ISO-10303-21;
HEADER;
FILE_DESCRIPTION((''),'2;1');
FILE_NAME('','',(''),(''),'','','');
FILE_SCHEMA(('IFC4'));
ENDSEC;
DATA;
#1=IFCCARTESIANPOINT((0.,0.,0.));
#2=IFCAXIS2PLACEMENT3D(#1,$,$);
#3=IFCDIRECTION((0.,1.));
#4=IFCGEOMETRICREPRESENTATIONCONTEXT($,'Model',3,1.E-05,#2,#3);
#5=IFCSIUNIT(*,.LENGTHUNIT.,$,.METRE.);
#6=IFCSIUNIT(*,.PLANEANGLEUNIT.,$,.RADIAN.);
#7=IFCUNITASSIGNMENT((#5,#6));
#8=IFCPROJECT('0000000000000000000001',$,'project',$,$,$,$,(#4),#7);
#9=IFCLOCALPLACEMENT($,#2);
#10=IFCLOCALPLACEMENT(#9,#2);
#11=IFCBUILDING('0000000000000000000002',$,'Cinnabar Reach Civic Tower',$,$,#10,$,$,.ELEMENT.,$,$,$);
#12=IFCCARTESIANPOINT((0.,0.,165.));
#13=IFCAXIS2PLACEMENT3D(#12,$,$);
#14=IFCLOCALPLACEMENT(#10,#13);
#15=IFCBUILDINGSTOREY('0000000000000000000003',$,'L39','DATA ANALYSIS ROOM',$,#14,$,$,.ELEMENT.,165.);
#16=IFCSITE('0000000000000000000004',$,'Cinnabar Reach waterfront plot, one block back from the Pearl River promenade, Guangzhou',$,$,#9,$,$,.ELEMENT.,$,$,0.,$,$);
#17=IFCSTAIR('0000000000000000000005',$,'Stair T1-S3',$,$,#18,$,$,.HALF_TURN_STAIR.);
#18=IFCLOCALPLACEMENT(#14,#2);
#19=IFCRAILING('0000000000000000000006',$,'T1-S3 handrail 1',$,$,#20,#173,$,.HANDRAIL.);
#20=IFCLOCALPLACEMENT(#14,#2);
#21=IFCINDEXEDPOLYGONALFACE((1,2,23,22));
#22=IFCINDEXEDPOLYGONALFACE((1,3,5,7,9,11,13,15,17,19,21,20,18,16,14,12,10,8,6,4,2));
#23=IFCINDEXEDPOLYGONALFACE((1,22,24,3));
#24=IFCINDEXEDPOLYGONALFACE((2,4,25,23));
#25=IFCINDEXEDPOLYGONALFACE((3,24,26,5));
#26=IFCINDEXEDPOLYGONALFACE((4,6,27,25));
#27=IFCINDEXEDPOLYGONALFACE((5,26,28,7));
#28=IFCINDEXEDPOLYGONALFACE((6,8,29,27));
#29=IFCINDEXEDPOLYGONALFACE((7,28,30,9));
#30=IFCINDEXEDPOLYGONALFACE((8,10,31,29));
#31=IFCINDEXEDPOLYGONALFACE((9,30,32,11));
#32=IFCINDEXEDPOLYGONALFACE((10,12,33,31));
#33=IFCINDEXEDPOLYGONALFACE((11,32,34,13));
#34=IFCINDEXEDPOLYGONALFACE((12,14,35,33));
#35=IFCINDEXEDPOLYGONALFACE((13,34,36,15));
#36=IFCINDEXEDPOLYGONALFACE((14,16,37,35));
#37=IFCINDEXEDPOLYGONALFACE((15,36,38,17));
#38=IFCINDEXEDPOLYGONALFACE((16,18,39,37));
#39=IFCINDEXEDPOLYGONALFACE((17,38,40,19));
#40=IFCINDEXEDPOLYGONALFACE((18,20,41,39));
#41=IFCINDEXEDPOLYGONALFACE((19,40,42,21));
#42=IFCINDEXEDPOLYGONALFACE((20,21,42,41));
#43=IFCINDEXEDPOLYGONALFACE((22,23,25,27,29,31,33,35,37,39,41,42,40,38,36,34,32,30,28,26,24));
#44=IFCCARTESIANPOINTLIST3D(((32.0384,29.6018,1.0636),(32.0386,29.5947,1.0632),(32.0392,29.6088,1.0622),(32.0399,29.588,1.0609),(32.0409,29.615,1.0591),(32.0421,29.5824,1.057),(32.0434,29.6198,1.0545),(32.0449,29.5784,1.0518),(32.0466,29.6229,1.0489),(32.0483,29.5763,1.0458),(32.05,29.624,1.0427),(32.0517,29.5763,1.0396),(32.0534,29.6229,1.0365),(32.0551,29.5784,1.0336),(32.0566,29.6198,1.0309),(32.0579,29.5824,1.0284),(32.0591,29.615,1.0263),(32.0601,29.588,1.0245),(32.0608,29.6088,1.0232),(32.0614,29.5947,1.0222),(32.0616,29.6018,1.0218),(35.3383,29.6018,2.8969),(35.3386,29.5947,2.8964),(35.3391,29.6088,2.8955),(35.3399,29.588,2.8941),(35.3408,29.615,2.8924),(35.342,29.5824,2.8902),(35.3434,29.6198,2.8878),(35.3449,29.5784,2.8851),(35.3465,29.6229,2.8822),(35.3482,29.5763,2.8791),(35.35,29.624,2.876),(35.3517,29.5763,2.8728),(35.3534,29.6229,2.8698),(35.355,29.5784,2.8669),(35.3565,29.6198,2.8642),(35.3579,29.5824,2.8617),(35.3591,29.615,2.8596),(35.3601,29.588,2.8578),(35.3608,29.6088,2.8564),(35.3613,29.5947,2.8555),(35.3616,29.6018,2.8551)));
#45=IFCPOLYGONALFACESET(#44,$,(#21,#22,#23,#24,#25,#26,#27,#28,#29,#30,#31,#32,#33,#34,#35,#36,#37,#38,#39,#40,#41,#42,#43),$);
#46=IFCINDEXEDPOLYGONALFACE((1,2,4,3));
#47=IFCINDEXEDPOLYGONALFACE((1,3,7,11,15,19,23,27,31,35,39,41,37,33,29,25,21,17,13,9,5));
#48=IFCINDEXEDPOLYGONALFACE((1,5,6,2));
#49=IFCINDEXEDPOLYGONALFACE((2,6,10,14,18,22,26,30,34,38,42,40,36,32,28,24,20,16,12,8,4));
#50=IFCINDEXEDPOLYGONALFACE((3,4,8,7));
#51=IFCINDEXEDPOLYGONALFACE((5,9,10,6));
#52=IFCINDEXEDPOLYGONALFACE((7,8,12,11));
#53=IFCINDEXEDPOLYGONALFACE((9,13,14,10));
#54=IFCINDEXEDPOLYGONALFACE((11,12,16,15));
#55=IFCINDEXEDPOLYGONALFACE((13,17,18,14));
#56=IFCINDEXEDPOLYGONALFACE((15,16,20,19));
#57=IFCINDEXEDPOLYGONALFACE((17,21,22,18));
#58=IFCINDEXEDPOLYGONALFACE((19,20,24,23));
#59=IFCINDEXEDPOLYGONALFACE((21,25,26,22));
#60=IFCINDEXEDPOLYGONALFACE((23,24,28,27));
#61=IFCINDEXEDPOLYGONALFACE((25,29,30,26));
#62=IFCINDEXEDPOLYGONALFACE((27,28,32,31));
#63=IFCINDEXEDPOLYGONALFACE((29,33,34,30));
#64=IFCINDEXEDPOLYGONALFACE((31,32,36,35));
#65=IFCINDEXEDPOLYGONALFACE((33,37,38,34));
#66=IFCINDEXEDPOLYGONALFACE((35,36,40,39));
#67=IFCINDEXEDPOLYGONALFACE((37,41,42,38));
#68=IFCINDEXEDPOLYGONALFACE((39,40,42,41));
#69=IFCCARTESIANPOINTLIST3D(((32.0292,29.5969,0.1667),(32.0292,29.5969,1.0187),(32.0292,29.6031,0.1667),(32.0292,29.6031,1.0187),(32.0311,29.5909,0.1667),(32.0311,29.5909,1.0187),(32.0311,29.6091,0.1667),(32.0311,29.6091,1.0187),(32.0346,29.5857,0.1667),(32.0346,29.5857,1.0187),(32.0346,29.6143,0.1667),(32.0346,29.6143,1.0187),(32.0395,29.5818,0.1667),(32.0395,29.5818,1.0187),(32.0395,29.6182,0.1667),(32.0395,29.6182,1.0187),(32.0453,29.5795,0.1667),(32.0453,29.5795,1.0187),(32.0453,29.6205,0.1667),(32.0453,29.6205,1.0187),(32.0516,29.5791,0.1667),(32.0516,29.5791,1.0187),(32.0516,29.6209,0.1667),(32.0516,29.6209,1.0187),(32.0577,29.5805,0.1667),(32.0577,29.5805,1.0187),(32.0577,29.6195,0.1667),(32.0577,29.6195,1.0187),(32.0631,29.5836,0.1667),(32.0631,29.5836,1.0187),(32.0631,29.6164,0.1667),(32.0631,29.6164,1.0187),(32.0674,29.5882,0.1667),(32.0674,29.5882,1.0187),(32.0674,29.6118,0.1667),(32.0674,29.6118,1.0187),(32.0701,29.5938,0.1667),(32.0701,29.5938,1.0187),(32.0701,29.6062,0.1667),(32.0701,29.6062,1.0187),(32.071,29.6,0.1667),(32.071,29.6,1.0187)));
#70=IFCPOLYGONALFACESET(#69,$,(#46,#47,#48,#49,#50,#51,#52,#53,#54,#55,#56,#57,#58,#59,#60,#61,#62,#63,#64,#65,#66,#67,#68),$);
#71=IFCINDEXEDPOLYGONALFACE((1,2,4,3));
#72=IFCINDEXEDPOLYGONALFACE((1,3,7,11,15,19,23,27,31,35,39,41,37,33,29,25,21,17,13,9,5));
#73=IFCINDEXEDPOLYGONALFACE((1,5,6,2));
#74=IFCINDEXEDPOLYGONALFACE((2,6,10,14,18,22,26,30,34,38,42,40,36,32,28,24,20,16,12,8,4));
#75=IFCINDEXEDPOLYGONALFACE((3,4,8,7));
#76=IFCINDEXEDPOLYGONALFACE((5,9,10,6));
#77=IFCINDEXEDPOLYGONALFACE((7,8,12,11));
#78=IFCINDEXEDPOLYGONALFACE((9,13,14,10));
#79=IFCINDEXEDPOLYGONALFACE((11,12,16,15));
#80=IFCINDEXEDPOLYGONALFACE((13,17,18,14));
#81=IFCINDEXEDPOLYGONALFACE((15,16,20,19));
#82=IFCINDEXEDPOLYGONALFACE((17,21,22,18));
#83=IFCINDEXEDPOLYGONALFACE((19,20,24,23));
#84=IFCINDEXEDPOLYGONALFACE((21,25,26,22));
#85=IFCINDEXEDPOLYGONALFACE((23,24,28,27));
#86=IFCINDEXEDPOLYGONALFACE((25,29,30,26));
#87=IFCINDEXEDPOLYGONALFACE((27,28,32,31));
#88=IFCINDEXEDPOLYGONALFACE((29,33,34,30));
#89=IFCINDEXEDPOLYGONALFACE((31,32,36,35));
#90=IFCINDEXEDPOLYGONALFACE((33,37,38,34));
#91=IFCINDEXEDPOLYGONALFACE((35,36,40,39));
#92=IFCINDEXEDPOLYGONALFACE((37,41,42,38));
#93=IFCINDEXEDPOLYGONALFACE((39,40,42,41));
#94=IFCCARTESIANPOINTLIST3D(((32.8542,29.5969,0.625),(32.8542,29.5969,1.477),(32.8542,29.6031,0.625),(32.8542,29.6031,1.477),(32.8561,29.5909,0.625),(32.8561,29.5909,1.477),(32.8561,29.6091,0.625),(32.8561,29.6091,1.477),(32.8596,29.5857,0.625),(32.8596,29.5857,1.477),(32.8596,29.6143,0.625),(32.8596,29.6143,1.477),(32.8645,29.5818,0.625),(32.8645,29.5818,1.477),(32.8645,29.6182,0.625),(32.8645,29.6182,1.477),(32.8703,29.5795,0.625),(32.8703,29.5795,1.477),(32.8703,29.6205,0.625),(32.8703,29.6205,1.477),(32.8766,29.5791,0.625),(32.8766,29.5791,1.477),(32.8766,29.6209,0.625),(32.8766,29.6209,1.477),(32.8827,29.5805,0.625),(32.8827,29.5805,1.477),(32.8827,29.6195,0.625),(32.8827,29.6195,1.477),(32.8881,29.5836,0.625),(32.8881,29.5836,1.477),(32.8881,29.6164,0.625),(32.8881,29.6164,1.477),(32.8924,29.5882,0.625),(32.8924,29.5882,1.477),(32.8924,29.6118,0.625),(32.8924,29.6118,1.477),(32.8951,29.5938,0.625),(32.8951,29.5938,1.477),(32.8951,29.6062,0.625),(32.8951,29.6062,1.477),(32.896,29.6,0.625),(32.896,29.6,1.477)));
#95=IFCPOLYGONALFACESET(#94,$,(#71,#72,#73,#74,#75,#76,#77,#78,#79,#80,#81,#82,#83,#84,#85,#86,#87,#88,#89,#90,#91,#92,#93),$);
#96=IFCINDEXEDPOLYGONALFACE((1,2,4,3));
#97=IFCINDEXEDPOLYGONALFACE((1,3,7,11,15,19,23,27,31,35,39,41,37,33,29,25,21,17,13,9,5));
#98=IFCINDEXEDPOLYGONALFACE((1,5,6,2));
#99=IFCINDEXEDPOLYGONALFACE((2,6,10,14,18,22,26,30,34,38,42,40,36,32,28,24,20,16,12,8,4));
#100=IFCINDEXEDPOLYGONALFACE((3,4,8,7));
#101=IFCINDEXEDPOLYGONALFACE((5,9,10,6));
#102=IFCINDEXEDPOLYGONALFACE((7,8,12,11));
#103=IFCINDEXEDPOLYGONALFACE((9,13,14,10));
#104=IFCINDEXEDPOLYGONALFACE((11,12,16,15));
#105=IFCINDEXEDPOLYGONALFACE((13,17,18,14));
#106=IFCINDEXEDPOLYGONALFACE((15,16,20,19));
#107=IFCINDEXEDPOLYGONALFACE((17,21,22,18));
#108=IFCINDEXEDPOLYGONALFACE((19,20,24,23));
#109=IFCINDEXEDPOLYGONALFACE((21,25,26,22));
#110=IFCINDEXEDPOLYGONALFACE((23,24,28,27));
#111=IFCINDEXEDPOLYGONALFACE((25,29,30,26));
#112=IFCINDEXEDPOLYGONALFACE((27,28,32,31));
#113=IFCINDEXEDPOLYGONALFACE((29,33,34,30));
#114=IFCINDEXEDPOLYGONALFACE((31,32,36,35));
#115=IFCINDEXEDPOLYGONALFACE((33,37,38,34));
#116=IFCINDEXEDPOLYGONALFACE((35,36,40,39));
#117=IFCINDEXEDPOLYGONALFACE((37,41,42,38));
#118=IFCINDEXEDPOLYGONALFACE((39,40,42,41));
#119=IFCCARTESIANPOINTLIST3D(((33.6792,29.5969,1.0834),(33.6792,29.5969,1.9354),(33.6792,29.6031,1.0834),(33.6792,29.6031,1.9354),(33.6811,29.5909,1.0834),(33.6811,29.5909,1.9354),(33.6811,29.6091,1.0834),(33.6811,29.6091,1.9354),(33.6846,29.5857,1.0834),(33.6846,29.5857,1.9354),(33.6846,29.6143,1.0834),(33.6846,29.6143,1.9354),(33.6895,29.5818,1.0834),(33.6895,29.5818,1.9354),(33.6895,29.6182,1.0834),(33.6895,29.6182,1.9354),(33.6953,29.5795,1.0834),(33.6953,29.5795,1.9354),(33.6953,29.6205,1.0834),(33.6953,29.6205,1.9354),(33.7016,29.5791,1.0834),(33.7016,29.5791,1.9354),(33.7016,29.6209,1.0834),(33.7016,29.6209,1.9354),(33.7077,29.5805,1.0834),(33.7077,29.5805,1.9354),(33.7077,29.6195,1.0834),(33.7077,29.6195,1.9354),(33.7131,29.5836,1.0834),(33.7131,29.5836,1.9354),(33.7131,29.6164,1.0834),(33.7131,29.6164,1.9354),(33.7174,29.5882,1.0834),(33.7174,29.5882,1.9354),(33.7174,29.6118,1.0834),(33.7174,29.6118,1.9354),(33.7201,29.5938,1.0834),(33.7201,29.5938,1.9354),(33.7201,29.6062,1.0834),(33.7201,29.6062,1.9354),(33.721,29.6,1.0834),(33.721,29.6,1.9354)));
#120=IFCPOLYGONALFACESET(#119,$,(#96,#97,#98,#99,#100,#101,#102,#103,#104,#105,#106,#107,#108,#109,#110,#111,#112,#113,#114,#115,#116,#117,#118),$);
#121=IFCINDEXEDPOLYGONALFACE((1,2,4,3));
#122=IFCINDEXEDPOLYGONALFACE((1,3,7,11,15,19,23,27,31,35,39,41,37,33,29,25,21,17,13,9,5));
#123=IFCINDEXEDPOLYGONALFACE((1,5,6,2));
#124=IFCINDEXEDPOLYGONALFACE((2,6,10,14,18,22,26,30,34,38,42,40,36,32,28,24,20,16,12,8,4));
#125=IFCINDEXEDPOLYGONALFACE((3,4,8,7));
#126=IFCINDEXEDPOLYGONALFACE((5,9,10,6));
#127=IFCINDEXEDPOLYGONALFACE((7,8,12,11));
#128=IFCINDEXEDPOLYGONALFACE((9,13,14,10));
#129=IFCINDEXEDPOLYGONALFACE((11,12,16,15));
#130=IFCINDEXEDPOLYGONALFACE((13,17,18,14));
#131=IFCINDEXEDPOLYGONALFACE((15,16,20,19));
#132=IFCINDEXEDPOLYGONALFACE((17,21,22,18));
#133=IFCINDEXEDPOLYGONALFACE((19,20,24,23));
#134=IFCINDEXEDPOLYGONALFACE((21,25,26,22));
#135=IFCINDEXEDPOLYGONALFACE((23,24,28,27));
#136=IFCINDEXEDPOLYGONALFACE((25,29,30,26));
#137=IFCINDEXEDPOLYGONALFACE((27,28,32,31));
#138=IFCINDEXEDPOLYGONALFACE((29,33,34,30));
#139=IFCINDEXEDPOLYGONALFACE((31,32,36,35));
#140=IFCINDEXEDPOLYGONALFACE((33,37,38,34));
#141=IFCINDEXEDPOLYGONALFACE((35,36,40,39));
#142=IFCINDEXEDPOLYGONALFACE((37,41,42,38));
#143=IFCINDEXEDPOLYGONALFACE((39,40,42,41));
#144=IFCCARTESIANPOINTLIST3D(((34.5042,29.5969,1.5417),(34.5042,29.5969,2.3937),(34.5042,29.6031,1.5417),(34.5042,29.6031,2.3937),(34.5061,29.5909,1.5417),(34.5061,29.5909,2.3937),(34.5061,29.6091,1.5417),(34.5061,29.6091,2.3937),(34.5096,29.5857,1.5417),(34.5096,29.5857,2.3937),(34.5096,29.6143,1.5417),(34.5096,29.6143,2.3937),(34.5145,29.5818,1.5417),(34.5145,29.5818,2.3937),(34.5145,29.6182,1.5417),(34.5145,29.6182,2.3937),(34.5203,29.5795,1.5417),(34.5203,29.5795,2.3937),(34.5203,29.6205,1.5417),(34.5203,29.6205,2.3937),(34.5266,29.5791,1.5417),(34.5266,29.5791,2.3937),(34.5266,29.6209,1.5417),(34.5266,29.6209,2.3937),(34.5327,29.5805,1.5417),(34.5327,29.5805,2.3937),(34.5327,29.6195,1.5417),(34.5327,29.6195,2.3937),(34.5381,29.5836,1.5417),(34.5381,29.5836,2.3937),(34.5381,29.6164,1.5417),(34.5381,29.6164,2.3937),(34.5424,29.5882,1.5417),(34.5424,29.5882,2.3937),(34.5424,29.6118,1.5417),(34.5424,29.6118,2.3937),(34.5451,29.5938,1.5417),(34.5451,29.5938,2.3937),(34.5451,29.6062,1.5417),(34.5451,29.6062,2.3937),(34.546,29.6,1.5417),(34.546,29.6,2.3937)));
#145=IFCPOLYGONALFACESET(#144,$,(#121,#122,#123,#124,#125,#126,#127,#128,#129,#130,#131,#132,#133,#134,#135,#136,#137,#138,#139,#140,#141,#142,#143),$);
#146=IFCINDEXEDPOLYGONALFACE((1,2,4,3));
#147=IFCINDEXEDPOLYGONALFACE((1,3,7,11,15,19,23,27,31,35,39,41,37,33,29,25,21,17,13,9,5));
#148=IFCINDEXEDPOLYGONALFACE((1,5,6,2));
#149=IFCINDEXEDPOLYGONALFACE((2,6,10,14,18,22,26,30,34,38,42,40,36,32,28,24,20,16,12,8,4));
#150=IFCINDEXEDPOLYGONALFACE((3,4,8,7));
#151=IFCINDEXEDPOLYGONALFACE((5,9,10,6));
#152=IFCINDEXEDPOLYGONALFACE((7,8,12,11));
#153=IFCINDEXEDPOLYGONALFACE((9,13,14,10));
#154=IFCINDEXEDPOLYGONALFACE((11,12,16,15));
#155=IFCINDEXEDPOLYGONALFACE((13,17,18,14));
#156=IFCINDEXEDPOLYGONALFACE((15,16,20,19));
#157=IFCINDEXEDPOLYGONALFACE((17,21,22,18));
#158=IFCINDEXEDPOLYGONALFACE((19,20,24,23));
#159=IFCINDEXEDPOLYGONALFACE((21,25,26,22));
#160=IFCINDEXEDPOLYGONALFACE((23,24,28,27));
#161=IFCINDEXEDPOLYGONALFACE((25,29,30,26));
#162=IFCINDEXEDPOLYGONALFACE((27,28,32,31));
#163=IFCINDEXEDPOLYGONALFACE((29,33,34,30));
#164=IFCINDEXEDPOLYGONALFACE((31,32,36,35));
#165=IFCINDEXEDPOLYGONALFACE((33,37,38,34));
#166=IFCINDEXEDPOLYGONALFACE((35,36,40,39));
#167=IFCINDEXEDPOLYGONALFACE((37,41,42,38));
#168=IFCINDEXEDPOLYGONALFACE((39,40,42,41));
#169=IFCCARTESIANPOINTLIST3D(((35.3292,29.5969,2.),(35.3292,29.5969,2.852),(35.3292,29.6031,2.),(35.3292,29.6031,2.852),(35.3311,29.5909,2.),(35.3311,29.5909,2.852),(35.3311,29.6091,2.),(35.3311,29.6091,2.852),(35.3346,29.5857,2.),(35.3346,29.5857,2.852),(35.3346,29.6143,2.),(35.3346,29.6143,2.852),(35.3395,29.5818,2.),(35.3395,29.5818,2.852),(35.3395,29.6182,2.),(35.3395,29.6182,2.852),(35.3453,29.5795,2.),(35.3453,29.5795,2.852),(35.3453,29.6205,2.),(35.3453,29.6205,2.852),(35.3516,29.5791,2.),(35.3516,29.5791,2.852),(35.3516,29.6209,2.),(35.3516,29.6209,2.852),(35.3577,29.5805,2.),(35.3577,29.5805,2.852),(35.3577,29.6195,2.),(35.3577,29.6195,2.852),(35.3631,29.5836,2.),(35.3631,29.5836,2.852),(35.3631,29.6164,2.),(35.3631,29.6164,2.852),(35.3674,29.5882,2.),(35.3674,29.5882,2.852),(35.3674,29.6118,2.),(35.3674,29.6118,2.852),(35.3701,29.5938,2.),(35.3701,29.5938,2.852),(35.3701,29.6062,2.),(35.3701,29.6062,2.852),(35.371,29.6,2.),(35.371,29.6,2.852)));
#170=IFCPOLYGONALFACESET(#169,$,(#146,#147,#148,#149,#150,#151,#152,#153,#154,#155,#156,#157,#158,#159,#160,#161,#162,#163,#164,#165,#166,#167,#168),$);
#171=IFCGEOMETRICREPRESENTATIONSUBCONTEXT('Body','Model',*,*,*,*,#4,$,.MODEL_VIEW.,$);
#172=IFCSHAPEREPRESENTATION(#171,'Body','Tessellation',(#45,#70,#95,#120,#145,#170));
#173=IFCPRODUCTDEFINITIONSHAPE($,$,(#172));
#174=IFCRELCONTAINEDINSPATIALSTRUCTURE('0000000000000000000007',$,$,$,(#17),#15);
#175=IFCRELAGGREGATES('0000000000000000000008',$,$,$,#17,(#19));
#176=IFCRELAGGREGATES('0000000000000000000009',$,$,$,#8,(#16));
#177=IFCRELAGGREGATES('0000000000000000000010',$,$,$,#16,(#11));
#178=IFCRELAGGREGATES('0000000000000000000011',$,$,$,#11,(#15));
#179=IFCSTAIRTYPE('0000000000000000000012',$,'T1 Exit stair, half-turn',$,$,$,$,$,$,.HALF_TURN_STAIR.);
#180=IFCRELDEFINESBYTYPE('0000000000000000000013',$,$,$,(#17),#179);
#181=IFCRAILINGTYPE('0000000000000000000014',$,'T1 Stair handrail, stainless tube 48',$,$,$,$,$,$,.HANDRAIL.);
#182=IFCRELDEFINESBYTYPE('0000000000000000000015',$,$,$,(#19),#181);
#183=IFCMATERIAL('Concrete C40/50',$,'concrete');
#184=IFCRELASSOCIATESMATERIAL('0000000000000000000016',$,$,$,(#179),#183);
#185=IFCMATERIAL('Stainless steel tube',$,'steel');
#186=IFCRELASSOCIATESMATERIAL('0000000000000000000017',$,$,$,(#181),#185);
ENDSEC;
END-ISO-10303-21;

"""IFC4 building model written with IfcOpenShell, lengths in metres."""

from ifc_helpers import new_model, si_unit, direction, frame, origin, origin_2d, place, context, subcontext, project, spatial, circle, extrude, material, type_object, element, aggregate, save


model = new_model("IFC4")

# Units and contexts
model_context = context("Model", 3, precision=1e-05, world=origin(), true_north=direction((0.0, 1.0)))
body_context = subcontext(model_context, "Body", "Model", "MODEL_VIEW")
ifc_project = project(units=[si_unit("LENGTHUNIT", "METRE"), si_unit("PLANEANGLEUNIT", "RADIAN")], contexts=[model_context])

# Site, building, storey
site_placement = place(None, origin())
site = spatial("IfcSite", under=ifc_project, at=site_placement, Name="Cinnabar Reach waterfront plot, one block back from the Pearl River promenade, Guangzhou", CompositionType="ELEMENT", RefElevation=0.0)
building_placement = place(site_placement, origin())
building = spatial("IfcBuilding", under=site, at=building_placement, Name="Cinnabar Reach Civic Tower", CompositionType="ELEMENT")
storey_placement = place(building_placement, frame((0.0, 0.0, 165.0)))
storey = spatial("IfcBuildingStorey", under=building, at=storey_placement, Name="L39", Description="DATA ANALYSIS ROOM", CompositionType="ELEMENT", Elevation=165.0)

# Stair, railing
ifc_material_1 = material(Name="Concrete C40/50", Category="concrete")
stair_type = type_object("IfcStairType", Name="T1 Exit stair, half-turn", PredefinedType="HALF_TURN_STAIR", material=ifc_material_1)
stair_placement = place(storey_placement, origin())
stair = element("IfcStair", 1, at=stair_placement, inside=storey, type_object=stair_type, Name="Stair T1-S3", PredefinedType="HALF_TURN_STAIR")
ifc_material_2 = material(Name="Stainless steel tube", Category="steel")
railing_type = type_object("IfcRailingType", Name="T1 Stair handrail, stainless tube 48", PredefinedType="HANDRAIL", material=ifc_material_2)
railing_placement = place(storey_placement, frame((32.05, 29.6, 0.1667)))
railing = element("IfcRailing", 2, at=railing_placement, type_object=railing_type, Name="T1-S3 handrail 1", PredefinedType="HANDRAIL", context=body_context, shape_type="SweptSolid", body=[
    extrude(circle(Radius=0.024, at=origin_2d()), frame((0.0, 0.0, 0.876), z_axis=(0.874161, 0.0, 0.485636), x_axis=(0.0, 1.0, 0.0)), (0.0, 0.0, 1.0), 3.775),
    extrude(circle(Radius=0.021, at=origin_2d()), origin(), (0.0, 0.0, 1.0), 0.852),
    extrude(circle(Radius=0.021, at=origin_2d()), frame((0.825, 0.0, 0.4583)), (0.0, 0.0, 1.0), 0.852),
    extrude(circle(Radius=0.021, at=origin_2d()), frame((1.65, 0.0, 0.9167)), (0.0, 0.0, 1.0), 0.852),
    extrude(circle(Radius=0.021, at=origin_2d()), frame((2.475, 0.0, 1.375)), (0.0, 0.0, 1.0), 0.852),
    extrude(circle(Radius=0.021, at=origin_2d()), frame((3.3, 0.0, 1.8333)), (0.0, 0.0, 1.0), 0.852),
])
aggregate(stair, [railing])

save(model, "model.ifc")
